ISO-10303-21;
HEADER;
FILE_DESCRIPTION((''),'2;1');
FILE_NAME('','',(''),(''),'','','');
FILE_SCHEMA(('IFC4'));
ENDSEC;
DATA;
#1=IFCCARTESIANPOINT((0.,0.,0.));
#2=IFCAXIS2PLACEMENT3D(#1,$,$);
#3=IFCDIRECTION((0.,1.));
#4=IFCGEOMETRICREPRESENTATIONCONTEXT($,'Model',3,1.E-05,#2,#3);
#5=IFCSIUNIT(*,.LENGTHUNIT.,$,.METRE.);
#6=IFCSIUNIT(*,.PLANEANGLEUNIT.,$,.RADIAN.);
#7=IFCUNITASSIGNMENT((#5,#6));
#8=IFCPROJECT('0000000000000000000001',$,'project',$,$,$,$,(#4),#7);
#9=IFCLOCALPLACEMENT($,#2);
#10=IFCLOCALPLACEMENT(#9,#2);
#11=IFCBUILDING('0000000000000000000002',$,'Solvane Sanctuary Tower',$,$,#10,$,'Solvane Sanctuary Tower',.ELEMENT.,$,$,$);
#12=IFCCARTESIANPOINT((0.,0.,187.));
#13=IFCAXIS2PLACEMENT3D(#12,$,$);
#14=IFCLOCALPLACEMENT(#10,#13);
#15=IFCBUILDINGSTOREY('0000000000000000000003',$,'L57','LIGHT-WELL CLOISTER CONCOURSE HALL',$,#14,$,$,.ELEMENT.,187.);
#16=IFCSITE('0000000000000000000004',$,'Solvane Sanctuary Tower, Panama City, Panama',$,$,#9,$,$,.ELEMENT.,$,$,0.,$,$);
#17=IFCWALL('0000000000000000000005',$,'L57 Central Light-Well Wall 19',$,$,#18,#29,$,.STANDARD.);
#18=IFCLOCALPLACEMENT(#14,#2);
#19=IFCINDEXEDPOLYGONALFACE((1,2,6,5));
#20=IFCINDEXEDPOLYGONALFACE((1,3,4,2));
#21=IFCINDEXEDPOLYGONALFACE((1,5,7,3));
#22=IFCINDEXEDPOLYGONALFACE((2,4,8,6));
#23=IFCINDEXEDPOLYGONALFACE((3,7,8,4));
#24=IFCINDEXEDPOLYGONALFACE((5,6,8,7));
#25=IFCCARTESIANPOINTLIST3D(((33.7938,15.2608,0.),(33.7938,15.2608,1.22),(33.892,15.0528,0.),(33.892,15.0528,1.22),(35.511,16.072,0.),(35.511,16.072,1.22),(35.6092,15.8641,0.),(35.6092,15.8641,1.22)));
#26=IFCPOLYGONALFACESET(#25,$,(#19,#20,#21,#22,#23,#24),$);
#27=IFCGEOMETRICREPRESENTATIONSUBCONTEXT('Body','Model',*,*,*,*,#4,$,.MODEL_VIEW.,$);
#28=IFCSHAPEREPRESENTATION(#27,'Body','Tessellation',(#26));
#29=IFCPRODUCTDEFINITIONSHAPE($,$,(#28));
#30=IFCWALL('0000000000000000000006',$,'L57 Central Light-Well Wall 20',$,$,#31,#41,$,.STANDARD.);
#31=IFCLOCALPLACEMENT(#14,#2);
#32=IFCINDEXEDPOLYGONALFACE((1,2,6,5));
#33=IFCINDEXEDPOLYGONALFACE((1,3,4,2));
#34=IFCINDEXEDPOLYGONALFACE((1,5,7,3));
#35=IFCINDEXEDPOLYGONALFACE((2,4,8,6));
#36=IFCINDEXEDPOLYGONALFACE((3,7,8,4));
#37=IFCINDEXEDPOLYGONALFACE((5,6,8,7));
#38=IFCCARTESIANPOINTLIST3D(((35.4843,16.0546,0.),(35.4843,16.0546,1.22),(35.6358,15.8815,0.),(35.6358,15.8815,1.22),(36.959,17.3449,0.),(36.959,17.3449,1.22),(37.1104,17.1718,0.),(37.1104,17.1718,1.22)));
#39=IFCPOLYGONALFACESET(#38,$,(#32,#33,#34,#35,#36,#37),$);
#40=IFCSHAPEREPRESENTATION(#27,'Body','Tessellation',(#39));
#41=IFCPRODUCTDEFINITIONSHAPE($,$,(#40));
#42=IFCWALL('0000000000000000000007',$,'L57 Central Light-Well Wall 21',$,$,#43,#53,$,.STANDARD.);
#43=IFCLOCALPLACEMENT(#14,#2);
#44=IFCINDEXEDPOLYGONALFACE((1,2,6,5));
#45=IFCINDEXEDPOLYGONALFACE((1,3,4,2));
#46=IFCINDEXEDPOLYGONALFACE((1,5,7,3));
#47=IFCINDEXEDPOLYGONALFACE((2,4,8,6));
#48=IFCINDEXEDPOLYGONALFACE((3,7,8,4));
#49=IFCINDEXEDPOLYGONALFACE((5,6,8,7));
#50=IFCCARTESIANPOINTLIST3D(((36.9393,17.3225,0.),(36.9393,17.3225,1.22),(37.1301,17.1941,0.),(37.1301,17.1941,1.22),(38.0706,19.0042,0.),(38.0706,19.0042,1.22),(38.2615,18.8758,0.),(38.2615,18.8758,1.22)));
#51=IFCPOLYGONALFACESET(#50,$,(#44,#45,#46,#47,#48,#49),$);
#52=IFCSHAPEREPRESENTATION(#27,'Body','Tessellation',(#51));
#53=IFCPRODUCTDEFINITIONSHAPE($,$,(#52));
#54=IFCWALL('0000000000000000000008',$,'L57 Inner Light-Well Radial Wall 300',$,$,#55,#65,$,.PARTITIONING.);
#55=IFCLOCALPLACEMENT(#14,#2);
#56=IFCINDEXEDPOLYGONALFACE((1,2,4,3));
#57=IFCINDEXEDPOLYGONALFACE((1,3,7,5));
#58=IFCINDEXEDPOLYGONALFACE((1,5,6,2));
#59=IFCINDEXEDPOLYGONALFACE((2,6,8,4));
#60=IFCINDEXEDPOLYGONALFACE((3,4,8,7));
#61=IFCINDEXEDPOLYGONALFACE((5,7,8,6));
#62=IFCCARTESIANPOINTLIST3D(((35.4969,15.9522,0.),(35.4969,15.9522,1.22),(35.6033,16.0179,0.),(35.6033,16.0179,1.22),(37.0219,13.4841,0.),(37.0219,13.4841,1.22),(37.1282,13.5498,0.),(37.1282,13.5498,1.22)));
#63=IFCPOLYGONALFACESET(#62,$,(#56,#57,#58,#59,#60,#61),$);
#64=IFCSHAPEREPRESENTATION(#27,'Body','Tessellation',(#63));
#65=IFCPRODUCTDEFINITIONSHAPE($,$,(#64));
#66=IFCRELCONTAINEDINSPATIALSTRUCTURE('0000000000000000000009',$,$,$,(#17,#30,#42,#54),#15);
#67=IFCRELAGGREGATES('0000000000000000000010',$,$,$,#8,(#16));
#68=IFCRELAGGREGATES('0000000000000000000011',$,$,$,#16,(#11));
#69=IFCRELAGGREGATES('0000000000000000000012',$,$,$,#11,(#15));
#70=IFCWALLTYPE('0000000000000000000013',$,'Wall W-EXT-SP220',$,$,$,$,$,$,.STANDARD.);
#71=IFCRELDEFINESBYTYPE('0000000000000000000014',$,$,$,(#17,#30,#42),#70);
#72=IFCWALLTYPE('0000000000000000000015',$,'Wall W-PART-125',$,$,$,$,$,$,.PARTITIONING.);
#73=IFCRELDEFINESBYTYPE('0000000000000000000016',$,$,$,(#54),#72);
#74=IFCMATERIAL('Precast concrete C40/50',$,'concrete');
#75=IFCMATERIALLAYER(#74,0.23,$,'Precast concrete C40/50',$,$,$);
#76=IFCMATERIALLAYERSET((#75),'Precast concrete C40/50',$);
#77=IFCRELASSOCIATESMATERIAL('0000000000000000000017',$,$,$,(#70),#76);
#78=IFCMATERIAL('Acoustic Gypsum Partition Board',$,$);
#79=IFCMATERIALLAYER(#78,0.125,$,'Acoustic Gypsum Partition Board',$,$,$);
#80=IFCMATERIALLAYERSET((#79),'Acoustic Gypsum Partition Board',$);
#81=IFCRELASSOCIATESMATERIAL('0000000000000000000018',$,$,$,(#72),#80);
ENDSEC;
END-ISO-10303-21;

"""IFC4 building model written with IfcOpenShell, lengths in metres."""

from ifc_helpers import new_model, si_unit, direction, frame, frame_2d, origin, place, context, subcontext, project, spatial, rectangle, extrude, material, layer, layer_set, type_object, element, save


model = new_model("IFC4")

# Units and contexts
model_context = context("Model", 3, precision=1e-05, world=origin(), true_north=direction((0.0, 1.0)))
body_context = subcontext(model_context, "Body", "Model", "MODEL_VIEW")
ifc_project = project(units=[si_unit("LENGTHUNIT", "METRE"), si_unit("PLANEANGLEUNIT", "RADIAN")], contexts=[model_context])

# Site, building, storey
site_placement = place(None, origin())
site = spatial("IfcSite", under=ifc_project, at=site_placement, Name="Solvane Sanctuary Tower, Panama City, Panama", CompositionType="ELEMENT", RefElevation=0.0)
building_placement = place(site_placement, origin())
building = spatial("IfcBuilding", under=site, at=building_placement, Name="Solvane Sanctuary Tower", LongName="Solvane Sanctuary Tower", CompositionType="ELEMENT")
storey_placement = place(building_placement, frame((0.0, 0.0, 187.0)))
storey = spatial("IfcBuildingStorey", under=building, at=storey_placement, Name="L57", Description="LIGHT-WELL CLOISTER CONCOURSE HALL", CompositionType="ELEMENT", Elevation=187.0)

# Walls
ifc_material_1 = material(Name="Precast concrete C40/50", Category="concrete")
ifc_layer_1 = layer(ifc_material_1, 0.23, Name="Precast concrete C40/50")
ifc_layer_set_1 = layer_set([ifc_layer_1], Name="Precast concrete C40/50")
wall_type_1 = type_object("IfcWallType", Name="Wall W-EXT-SP220", PredefinedType="STANDARD", material=ifc_layer_set_1)
wall_1_placement = place(storey_placement, frame((33.8428, 15.1567, 0.0), z_axis=(0.0, 0.0, 1.0), x_axis=(0.90418, 0.427152, 0.0)))
element("IfcWall", 1, at=wall_1_placement, inside=storey, type_object=wall_type_1, Name="L57 Central Light-Well Wall 19", PredefinedType="STANDARD", context=body_context, shape_type="SweptSolid", body=[
    extrude(rectangle(XDim=1.8992, YDim=0.23, at=frame_2d((0.9497, 0.0))), origin(), (0.0, 0.0, 1.0), 1.22),
])
wall_2_placement = place(storey_placement, frame((35.5601, 15.968, 0.0), z_axis=(0.0, 0.0, 1.0), x_axis=(0.752577, 0.658505, 0.0)))
element("IfcWall", 2, at=wall_2_placement, inside=storey, type_object=wall_type_1, Name="L57 Central Light-Well Wall 20", PredefinedType="STANDARD", context=body_context, shape_type="SweptSolid", body=[
    extrude(rectangle(XDim=1.9595, YDim=0.23, at=frame_2d((0.9797, 0.0))), origin(), (0.0, 0.0, 1.0), 1.22),
])
wall_3_placement = place(storey_placement, frame((37.0347, 17.2583, 0.0), z_axis=(0.0, 0.0, 1.0), x_axis=(0.558198, 0.829708, 0.0)))
element("IfcWall", 3, at=wall_3_placement, inside=storey, type_object=wall_type_1, Name="L57 Central Light-Well Wall 21", PredefinedType="STANDARD", context=body_context, shape_type="SweptSolid", body=[
    extrude(rectangle(XDim=2.0269, YDim=0.23, at=frame_2d((1.0134, 0.0))), origin(), (0.0, 0.0, 1.0), 1.22),
])
ifc_material_2 = material(Name="Acoustic Gypsum Partition Board")
ifc_layer_2 = layer(ifc_material_2, 0.125, Name="Acoustic Gypsum Partition Board")
ifc_layer_set_2 = layer_set([ifc_layer_2], Name="Acoustic Gypsum Partition Board")
wall_type_2 = type_object("IfcWallType", Name="Wall W-PART-125", PredefinedType="PARTITIONING", material=ifc_layer_set_2)
wall_4_placement = place(storey_placement, frame((35.55, 15.9851, 0.0), z_axis=(0.0, 0.0, 1.0), x_axis=(0.525627, -0.850715, 0.0)))
element("IfcWall", 4, at=wall_4_placement, inside=storey, type_object=wall_type_2, Name="L57 Inner Light-Well Radial Wall 300", PredefinedType="PARTITIONING", context=body_context, shape_type="SweptSolid", body=[
    extrude(rectangle(XDim=2.9011, YDim=0.125, at=frame_2d((1.4507, 0.0))), origin(), (0.0, 0.0, 1.0), 1.22),
])

save(model, "model.ifc")
